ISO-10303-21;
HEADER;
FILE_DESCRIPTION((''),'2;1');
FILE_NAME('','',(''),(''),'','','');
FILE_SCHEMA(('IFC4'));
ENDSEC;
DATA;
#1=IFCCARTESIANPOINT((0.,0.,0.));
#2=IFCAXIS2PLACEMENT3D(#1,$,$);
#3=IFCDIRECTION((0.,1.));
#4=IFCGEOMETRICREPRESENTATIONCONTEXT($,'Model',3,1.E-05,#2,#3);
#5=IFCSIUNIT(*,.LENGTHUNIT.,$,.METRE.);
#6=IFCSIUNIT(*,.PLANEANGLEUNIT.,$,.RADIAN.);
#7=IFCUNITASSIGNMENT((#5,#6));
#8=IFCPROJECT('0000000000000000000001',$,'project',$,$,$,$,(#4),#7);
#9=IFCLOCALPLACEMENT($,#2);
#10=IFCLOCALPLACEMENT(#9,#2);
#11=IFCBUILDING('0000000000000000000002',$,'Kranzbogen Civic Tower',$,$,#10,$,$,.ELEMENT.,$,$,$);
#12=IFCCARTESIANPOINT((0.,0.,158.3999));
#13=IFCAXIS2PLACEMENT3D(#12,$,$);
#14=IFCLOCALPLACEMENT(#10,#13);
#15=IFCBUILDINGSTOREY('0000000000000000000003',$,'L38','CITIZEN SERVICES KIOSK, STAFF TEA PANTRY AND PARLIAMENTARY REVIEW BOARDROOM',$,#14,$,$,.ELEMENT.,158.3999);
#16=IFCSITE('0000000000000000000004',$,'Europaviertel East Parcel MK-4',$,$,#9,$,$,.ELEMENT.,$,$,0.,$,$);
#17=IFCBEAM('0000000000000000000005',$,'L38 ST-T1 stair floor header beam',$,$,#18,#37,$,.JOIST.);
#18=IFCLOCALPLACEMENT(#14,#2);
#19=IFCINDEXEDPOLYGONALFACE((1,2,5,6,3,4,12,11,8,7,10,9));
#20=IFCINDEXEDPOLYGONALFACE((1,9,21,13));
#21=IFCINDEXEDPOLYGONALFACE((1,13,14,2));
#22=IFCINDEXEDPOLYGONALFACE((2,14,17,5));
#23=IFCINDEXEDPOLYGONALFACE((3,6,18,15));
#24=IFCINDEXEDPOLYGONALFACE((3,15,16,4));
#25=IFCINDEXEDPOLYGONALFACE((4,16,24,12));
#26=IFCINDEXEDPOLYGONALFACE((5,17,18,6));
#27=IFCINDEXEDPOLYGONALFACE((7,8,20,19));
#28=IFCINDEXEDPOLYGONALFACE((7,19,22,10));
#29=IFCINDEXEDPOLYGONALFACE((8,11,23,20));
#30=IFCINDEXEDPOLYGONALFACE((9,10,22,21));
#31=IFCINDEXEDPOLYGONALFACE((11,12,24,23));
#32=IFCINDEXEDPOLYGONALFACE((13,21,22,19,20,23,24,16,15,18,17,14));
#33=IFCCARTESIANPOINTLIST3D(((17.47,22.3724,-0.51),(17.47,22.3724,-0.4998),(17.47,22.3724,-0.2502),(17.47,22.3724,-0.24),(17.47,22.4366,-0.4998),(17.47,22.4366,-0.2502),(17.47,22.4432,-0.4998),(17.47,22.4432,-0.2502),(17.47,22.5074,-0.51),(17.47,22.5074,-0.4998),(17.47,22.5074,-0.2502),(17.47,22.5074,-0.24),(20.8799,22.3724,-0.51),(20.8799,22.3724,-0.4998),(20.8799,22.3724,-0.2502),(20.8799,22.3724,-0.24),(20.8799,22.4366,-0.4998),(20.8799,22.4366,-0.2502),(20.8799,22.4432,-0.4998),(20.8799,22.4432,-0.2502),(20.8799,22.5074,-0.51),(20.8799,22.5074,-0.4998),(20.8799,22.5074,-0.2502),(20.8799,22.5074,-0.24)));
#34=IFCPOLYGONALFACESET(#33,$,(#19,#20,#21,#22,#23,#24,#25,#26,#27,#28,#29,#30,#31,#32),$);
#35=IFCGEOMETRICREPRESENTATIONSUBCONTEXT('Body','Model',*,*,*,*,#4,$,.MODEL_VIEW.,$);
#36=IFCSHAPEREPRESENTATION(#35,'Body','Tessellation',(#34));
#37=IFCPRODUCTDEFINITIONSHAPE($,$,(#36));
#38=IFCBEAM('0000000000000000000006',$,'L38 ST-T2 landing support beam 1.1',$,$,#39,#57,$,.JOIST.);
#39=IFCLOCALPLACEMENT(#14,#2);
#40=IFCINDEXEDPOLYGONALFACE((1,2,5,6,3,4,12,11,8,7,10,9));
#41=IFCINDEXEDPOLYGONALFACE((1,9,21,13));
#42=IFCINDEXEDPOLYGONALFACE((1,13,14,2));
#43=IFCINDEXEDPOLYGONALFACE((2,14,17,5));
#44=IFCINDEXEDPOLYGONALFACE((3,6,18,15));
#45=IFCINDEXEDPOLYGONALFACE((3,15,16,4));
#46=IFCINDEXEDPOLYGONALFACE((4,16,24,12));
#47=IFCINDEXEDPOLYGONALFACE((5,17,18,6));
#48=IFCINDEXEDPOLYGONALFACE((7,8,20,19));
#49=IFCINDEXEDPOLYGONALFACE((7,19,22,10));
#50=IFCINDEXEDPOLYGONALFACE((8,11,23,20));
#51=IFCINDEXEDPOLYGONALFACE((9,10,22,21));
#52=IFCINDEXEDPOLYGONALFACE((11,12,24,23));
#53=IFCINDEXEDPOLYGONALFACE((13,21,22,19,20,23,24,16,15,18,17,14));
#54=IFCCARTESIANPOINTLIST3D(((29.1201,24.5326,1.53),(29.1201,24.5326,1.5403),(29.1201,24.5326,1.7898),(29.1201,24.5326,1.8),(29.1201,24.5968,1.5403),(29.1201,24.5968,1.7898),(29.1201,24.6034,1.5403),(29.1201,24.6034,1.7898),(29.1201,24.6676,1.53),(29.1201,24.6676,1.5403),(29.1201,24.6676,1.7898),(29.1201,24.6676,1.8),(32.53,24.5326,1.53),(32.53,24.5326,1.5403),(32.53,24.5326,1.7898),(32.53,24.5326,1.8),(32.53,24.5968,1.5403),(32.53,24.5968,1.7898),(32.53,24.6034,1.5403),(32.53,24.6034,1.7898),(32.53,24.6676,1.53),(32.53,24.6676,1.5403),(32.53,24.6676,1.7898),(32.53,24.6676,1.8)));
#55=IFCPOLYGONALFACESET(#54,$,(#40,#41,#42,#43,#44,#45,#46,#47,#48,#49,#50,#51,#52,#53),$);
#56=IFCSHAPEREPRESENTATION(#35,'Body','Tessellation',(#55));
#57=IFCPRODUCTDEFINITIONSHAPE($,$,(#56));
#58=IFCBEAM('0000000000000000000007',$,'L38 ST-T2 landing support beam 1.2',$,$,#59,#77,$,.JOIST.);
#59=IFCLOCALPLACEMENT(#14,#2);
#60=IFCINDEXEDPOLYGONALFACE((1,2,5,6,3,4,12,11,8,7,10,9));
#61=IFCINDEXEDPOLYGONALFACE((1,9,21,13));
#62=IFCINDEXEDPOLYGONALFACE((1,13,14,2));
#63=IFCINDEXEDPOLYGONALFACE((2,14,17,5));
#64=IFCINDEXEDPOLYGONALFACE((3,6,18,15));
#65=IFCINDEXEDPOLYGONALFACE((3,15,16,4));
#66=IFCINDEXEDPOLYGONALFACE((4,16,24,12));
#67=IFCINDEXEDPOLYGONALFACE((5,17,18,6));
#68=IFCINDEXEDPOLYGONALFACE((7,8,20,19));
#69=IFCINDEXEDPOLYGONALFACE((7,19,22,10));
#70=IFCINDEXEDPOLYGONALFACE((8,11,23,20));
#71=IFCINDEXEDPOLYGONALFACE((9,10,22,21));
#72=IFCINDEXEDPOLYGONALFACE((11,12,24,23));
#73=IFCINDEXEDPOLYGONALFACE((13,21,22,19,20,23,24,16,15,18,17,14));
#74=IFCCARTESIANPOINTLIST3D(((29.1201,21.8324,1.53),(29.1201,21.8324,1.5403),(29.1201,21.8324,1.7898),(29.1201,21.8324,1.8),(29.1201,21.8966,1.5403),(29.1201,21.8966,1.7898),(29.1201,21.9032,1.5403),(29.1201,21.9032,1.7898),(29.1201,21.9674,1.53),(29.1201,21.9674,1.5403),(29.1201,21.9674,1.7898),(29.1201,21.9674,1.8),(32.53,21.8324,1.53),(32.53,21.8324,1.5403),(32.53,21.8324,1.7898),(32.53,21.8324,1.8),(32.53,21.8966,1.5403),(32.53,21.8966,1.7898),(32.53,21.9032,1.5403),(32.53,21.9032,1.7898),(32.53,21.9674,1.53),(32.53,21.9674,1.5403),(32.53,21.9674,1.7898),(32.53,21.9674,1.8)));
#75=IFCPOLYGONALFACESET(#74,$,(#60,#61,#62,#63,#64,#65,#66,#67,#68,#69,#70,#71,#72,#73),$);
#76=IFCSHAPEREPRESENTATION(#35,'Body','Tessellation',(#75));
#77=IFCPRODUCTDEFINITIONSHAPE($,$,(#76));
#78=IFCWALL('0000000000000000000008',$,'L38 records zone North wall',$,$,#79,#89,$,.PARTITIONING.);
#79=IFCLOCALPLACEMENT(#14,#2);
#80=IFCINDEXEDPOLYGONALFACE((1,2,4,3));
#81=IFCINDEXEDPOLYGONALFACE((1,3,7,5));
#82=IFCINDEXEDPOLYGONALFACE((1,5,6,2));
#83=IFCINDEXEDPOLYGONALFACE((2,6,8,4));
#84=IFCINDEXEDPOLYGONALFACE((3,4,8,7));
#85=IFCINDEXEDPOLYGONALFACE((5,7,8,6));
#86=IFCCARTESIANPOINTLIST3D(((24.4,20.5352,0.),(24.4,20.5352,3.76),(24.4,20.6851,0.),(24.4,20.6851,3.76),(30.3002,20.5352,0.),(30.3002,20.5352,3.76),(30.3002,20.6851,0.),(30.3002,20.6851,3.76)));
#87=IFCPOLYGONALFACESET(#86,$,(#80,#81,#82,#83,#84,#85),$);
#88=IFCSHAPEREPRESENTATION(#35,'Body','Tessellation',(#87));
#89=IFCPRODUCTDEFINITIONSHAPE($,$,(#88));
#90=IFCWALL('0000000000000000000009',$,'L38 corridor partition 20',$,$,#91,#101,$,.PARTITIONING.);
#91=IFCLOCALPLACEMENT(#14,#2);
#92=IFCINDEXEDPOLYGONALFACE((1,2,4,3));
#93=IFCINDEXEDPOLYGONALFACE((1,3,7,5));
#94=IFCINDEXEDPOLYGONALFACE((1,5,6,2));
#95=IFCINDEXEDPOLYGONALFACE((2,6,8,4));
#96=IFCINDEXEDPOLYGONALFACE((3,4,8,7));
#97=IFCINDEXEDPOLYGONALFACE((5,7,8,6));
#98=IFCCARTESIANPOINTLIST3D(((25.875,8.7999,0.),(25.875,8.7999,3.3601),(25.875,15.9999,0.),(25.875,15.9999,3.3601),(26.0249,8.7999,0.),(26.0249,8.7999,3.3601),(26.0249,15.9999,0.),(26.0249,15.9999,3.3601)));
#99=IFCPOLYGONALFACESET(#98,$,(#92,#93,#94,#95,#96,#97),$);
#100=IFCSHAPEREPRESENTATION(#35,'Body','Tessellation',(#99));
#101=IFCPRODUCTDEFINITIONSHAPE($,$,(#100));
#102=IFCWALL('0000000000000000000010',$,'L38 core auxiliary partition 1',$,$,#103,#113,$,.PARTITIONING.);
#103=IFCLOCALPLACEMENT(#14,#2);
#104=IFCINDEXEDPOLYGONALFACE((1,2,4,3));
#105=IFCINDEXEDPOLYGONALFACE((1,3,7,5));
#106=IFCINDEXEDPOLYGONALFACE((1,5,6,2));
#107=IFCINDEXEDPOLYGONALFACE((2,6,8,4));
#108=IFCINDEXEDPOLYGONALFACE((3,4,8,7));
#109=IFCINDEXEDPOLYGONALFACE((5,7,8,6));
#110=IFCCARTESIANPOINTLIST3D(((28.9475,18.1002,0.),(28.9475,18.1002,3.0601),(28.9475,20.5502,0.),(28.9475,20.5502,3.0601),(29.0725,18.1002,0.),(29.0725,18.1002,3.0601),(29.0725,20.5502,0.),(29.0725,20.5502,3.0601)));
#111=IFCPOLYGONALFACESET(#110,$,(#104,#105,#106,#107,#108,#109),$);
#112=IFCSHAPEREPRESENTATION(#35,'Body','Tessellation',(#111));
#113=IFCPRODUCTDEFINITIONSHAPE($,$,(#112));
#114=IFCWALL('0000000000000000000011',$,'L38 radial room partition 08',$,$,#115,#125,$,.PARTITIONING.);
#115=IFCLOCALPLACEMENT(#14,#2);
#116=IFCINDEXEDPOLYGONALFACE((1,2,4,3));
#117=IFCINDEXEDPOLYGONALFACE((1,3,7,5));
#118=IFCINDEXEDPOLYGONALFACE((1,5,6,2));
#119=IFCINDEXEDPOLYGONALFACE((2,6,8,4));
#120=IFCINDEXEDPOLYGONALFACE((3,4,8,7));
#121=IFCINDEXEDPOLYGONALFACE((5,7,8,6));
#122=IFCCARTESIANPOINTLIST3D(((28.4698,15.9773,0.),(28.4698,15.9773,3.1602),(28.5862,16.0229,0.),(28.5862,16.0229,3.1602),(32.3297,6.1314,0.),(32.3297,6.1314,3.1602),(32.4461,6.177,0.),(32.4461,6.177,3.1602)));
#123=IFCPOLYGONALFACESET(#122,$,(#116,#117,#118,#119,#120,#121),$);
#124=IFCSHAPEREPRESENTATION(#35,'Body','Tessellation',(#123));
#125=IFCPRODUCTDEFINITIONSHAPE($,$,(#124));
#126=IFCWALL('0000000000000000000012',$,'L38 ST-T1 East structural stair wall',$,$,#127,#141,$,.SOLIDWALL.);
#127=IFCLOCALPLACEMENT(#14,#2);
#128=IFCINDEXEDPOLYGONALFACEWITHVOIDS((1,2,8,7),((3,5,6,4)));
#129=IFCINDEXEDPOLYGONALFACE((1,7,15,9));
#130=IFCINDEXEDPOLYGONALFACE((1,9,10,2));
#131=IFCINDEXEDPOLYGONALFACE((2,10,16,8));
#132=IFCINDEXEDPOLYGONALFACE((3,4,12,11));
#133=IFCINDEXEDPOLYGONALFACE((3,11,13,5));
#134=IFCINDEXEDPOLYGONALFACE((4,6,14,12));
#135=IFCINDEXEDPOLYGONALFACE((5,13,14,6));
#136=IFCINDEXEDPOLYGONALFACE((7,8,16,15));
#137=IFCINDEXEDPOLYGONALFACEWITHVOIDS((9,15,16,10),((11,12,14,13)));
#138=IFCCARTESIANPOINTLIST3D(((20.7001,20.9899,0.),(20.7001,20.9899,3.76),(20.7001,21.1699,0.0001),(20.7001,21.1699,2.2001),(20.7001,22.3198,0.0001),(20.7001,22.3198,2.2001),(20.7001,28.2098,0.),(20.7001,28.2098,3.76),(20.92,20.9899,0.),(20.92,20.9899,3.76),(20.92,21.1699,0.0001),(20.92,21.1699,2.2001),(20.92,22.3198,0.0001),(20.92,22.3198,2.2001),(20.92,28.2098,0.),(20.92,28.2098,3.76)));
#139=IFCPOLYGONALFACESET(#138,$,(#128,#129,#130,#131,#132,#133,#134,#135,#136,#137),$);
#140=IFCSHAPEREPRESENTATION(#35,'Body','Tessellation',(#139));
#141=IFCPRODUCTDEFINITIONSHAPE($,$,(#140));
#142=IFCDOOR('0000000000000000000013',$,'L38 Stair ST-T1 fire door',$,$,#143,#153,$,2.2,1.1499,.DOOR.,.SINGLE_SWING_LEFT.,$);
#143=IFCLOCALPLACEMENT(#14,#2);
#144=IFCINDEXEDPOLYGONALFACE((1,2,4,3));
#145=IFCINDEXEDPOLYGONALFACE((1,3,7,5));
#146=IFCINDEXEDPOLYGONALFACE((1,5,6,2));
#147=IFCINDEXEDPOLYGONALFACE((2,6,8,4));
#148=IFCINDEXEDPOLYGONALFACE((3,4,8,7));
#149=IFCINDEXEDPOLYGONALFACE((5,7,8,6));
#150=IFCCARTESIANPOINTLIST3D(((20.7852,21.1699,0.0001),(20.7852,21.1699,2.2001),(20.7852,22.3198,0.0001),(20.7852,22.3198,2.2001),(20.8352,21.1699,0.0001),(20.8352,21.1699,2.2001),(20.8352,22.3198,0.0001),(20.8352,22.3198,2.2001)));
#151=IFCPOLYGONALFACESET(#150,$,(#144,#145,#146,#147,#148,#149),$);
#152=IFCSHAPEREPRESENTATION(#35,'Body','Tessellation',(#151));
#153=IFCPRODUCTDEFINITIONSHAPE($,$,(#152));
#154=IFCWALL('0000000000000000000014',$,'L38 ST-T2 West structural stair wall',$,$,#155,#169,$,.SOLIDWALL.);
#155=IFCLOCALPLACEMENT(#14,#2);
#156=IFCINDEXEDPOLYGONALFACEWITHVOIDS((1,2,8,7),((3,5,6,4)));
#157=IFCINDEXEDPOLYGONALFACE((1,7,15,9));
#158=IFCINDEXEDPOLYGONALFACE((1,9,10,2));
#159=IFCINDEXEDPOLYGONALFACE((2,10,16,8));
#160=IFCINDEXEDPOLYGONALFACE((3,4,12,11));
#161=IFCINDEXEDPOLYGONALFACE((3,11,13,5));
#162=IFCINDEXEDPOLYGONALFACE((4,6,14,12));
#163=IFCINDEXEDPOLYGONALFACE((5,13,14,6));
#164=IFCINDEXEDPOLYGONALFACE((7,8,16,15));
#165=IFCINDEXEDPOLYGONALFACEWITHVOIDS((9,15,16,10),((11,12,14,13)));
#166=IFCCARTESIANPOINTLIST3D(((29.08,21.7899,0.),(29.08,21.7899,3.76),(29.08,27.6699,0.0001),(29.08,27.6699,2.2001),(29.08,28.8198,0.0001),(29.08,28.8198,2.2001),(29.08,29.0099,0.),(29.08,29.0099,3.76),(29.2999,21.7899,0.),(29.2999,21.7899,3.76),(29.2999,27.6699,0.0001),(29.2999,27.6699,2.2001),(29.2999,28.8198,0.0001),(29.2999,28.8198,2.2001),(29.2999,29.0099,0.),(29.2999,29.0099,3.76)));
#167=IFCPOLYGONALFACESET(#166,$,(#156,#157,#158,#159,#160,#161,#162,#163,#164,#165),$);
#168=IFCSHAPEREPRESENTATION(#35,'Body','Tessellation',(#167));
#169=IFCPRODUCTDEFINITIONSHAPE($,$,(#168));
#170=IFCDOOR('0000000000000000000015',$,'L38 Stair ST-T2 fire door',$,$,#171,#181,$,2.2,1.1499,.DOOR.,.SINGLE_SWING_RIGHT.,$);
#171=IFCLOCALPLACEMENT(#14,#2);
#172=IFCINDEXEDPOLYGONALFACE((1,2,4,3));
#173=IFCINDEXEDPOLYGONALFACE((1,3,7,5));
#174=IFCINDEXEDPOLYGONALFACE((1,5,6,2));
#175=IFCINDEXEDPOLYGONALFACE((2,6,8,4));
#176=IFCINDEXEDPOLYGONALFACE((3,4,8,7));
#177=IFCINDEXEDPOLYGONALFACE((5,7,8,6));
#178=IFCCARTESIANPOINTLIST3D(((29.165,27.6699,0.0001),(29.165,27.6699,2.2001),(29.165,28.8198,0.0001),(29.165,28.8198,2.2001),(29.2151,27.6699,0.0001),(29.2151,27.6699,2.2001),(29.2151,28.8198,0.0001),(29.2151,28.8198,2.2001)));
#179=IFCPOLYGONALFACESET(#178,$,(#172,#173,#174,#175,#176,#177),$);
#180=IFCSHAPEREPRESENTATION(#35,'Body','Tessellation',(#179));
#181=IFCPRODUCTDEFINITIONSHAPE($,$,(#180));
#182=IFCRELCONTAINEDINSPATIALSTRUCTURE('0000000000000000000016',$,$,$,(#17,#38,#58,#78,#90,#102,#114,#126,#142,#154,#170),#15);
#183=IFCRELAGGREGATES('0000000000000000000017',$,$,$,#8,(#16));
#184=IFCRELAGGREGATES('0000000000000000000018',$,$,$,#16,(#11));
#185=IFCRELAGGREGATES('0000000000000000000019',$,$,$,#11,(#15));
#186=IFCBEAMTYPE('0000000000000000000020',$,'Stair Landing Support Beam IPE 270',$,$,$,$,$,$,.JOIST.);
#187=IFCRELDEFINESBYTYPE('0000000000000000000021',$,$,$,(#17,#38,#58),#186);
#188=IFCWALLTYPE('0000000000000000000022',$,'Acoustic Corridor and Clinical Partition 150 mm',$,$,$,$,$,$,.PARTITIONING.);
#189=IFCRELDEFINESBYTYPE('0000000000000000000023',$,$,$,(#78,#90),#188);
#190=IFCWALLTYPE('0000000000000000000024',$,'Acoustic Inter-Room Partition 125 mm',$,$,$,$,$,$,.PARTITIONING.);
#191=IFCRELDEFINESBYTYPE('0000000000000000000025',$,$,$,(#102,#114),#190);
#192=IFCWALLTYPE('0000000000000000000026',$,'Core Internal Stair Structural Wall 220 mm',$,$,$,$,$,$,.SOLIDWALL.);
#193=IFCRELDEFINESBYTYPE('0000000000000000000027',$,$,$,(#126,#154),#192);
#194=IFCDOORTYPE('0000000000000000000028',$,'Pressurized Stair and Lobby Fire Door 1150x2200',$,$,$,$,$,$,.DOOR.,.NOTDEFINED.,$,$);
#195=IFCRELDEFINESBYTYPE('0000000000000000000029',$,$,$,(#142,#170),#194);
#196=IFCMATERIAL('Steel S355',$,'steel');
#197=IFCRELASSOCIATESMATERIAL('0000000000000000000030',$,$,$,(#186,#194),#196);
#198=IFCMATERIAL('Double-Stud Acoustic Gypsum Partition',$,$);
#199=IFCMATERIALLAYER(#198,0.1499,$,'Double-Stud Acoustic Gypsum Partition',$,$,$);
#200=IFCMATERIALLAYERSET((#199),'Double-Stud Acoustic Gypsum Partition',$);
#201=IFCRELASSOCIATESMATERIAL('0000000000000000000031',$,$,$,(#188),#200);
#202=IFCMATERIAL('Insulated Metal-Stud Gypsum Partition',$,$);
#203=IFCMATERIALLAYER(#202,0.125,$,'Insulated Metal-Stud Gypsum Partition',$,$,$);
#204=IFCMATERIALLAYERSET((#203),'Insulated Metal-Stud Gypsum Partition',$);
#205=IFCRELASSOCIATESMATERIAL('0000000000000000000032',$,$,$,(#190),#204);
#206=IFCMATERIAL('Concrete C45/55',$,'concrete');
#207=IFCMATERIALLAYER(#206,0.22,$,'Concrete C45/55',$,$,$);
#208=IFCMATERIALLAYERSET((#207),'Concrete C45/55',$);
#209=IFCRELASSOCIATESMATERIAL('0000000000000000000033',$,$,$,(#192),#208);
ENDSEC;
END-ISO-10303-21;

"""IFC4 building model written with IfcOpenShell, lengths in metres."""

from ifc_helpers import new_model, si_unit, direction, frame, frame_2d, origin, origin_2d, place, context, subcontext, project, spatial, rectangle, i_section, extrude, material, layer, layer_set, material_profile, profile_set, type_object, element, fill, save


model = new_model("IFC4")

# Units and contexts
model_context = context("Model", 3, precision=1e-05, world=origin(), true_north=direction((0.0, 1.0)))
body_context = subcontext(model_context, "Body", "Model", "MODEL_VIEW")
ifc_project = project(units=[si_unit("LENGTHUNIT", "METRE"), si_unit("PLANEANGLEUNIT", "RADIAN")], contexts=[model_context])

# Site, building, storey
site_placement = place(None, origin())
site = spatial("IfcSite", under=ifc_project, at=site_placement, Name="Europaviertel East Parcel MK-4", CompositionType="ELEMENT", RefElevation=0.0)
building_placement = place(site_placement, origin())
building = spatial("IfcBuilding", under=site, at=building_placement, Name="Kranzbogen Civic Tower", CompositionType="ELEMENT")
storey_placement = place(building_placement, frame((0.0, 0.0, 158.3999)))
storey = spatial("IfcBuildingStorey", under=building, at=storey_placement, Name="L38", Description="CITIZEN SERVICES KIOSK, STAFF TEA PANTRY AND PARLIAMENTARY REVIEW BOARDROOM", CompositionType="ELEMENT", Elevation=158.3999)

# Beams
ifc_material_1 = material(Name="Steel S355", Category="steel")
ifc_material_profile = material_profile(ifc_material_1, i_section(OverallWidth=0.135, OverallDepth=0.27, WebThickness=0.0066, FlangeThickness=0.0103, at=origin_2d()), Name="IPE 270")
ifc_profile_set = profile_set([ifc_material_profile], Name="Steel S355")
beam_type = type_object("IfcBeamType", Name="Stair Landing Support Beam IPE 270", PredefinedType="JOIST", material=ifc_profile_set)
for number, where, z_axis, x_axis, name in (
    (1, (20.8799, 22.4399, -0.375), (-1.0, 0.0, 0.0), (0.0, -1.0, 0.0), "L38 ST-T1 stair floor header beam"),
    (2, (29.1201, 24.6001, 1.665), (1.0, 0.0, 0.0), (0.0, 1.0, 0.0), "L38 ST-T2 landing support beam 1.1"),
    (3, (29.1201, 21.8999, 1.665), (1.0, 0.0, 0.0), (0.0, 1.0, 0.0), "L38 ST-T2 landing support beam 1.2"),
):
    element("IfcBeam", number, at=place(storey_placement, frame(where, z_axis=z_axis, x_axis=x_axis)), inside=storey, type_object=beam_type, Name=name, PredefinedType="JOIST", context=body_context, shape_type="SweptSolid", body=[
        extrude(i_section(OverallWidth=0.135, OverallDepth=0.27, WebThickness=0.0066, FlangeThickness=0.0103, at=origin_2d()), origin(), (0.0, 0.0, 1.0), 3.4099),
    ])

# Walls
ifc_material_2 = material(Name="Double-Stud Acoustic Gypsum Partition")
ifc_layer_1 = layer(ifc_material_2, 0.1499, Name="Double-Stud Acoustic Gypsum Partition")
ifc_layer_set_1 = layer_set([ifc_layer_1], Name="Double-Stud Acoustic Gypsum Partition")
wall_type_1 = type_object("IfcWallType", Name="Acoustic Corridor and Clinical Partition 150 mm", PredefinedType="PARTITIONING", material=ifc_layer_set_1)
wall_1_placement = place(storey_placement, frame((24.3999, 20.6101, 0.0), z_axis=(0.0, 0.0, 1.0), x_axis=(1.0, 0.0, 0.0)))
element("IfcWall", 4, at=wall_1_placement, inside=storey, type_object=wall_type_1, Name="L38 records zone North wall", PredefinedType="PARTITIONING", context=body_context, shape_type="SweptSolid", body=[
    extrude(rectangle(XDim=5.9001, YDim=0.1499, at=frame_2d((2.9502, 0.0))), origin(), (0.0, 0.0, 1.0), 3.76),
])
wall_2_placement = place(storey_placement, frame((25.95, 16.0, 0.0), z_axis=(0.0, 0.0, 1.0), x_axis=(0.0, -1.0, 0.0)))
element("IfcWall", 5, at=wall_2_placement, inside=storey, type_object=wall_type_1, Name="L38 corridor partition 20", PredefinedType="PARTITIONING", context=body_context, shape_type="SweptSolid", body=[
    extrude(rectangle(XDim=7.2, YDim=0.1499, at=frame_2d((3.6001, 0.0))), origin(), (0.0, 0.0, 1.0), 3.3601),
])
ifc_material_3 = material(Name="Insulated Metal-Stud Gypsum Partition")
ifc_layer_2 = layer(ifc_material_3, 0.125, Name="Insulated Metal-Stud Gypsum Partition")
ifc_layer_set_2 = layer_set([ifc_layer_2], Name="Insulated Metal-Stud Gypsum Partition")
wall_type_2 = type_object("IfcWallType", Name="Acoustic Inter-Room Partition 125 mm", PredefinedType="PARTITIONING", material=ifc_layer_set_2)
wall_3_placement = place(storey_placement, frame((29.01, 18.1001, 0.0), z_axis=(0.0, 0.0, 1.0), x_axis=(0.0, 1.0, 0.0)))
element("IfcWall", 6, at=wall_3_placement, inside=storey, type_object=wall_type_2, Name="L38 core auxiliary partition 1", PredefinedType="PARTITIONING", context=body_context, shape_type="SweptSolid", body=[
    extrude(rectangle(XDim=2.45, YDim=0.125, at=frame_2d((1.2251, 0.0))), origin(), (0.0, 0.0, 1.0), 3.0601),
])
wall_4_placement = place(storey_placement, frame((28.5281, 16.0, 0.0), z_axis=(0.0, 0.0, 1.0), x_axis=(0.364982, -0.931015, 0.0)))
element("IfcWall", 7, at=wall_4_placement, inside=storey, type_object=wall_type_2, Name="L38 radial room partition 08", PredefinedType="PARTITIONING", context=body_context, shape_type="SweptSolid", body=[
    extrude(rectangle(XDim=10.5754, YDim=0.125, at=frame_2d((5.2876, 0.0))), origin(), (0.0, 0.0, 1.0), 3.1602),
])

# Walls, openings, doors
ifc_material_4 = material(Name="Concrete C45/55", Category="concrete")
ifc_layer_3 = layer(ifc_material_4, 0.22, Name="Concrete C45/55")
ifc_layer_set_3 = layer_set([ifc_layer_3], Name="Concrete C45/55")
wall_type_3 = type_object("IfcWallType", Name="Core Internal Stair Structural Wall 220 mm", PredefinedType="SOLIDWALL", material=ifc_layer_set_3)
wall_5_placement = place(storey_placement, frame((20.8101, 20.99, 0.0), z_axis=(0.0, 0.0, 1.0), x_axis=(0.0, 1.0, 0.0)))
wall_5 = element("IfcWall", 8, at=wall_5_placement, inside=storey, type_object=wall_type_3, Name="L38 ST-T1 East structural stair wall", PredefinedType="SOLIDWALL", context=body_context, shape_type="SweptSolid", body=[
    extrude(rectangle(XDim=7.22, YDim=0.22, at=frame_2d((3.6099, 0.0))), origin(), (0.0, 0.0, 1.0), 3.76),
])
opening_1_placement = place(wall_5_placement, frame((0.1799, 0.0, 0.0)))
opening_1 = element("IfcOpeningElement", 9, at=opening_1_placement, cuts=wall_5, PredefinedType="OPENING", context=body_context, shape_type="SweptSolid", body=[
    extrude(rectangle(XDim=1.1499, YDim=2.2, at=frame_2d((0.575, 1.1001))), frame((0.0, 0.1201, 0.0), z_axis=(0.0, -1.0, 0.0), x_axis=(1.0, 0.0, 0.0)), (0.0, 0.0, 1.0), 0.24),
])
door_type_1 = type_object("IfcDoorType", Name="Pressurized Stair and Lobby Fire Door 1150x2200", OperationType="NOTDEFINED", PredefinedType="DOOR", material=ifc_material_1)
door_1_placement = place(opening_1_placement, origin())
door_1 = element("IfcDoor", 10, at=door_1_placement, inside=storey, type_object=door_type_1, Name="L38 Stair ST-T1 fire door", OperationType="SINGLE_SWING_LEFT", OverallHeight=2.2, OverallWidth=1.1499, PredefinedType="DOOR", context=body_context, shape_type="SweptSolid", body=[
    extrude(rectangle(XDim=1.1499, YDim=2.2, at=frame_2d((0.575, 1.1001))), frame((0.0, 0.0249, 0.0), z_axis=(0.0, -1.0, 0.0), x_axis=(1.0, 0.0, 0.0)), (0.0, 0.0, 1.0), 0.05),
])
fill(opening_1, door_1)
wall_6_placement = place(storey_placement, frame((29.1899, 21.79, 0.0), z_axis=(0.0, 0.0, 1.0), x_axis=(0.0, 1.0, 0.0)))
wall_6 = element("IfcWall", 11, at=wall_6_placement, inside=storey, type_object=wall_type_3, Name="L38 ST-T2 West structural stair wall", PredefinedType="SOLIDWALL", context=body_context, shape_type="SweptSolid", body=[
    extrude(rectangle(XDim=7.22, YDim=0.22, at=frame_2d((3.6099, 0.0))), origin(), (0.0, 0.0, 1.0), 3.76),
])
opening_2_placement = place(wall_6_placement, frame((5.8799, 0.0, 0.0)))
opening_2 = element("IfcOpeningElement", 12, at=opening_2_placement, cuts=wall_6, PredefinedType="OPENING", context=body_context, shape_type="SweptSolid", body=[
    extrude(rectangle(XDim=1.1499, YDim=2.2, at=frame_2d((0.575, 1.1001))), frame((0.0, 0.1201, 0.0), z_axis=(0.0, -1.0, 0.0), x_axis=(1.0, 0.0, 0.0)), (0.0, 0.0, 1.0), 0.24),
])
door_2_placement = place(opening_2_placement, origin())
door_2 = element("IfcDoor", 13, at=door_2_placement, inside=storey, type_object=door_type_1, Name="L38 Stair ST-T2 fire door", OperationType="SINGLE_SWING_RIGHT", OverallHeight=2.2, OverallWidth=1.1499, PredefinedType="DOOR", context=body_context, shape_type="SweptSolid", body=[
    extrude(rectangle(XDim=1.1499, YDim=2.2, at=frame_2d((0.575, 1.1001))), frame((0.0, 0.0249, 0.0), z_axis=(0.0, -1.0, 0.0), x_axis=(1.0, 0.0, 0.0)), (0.0, 0.0, 1.0), 0.05),
])
fill(opening_2, door_2)

save(model, "model.ifc")
